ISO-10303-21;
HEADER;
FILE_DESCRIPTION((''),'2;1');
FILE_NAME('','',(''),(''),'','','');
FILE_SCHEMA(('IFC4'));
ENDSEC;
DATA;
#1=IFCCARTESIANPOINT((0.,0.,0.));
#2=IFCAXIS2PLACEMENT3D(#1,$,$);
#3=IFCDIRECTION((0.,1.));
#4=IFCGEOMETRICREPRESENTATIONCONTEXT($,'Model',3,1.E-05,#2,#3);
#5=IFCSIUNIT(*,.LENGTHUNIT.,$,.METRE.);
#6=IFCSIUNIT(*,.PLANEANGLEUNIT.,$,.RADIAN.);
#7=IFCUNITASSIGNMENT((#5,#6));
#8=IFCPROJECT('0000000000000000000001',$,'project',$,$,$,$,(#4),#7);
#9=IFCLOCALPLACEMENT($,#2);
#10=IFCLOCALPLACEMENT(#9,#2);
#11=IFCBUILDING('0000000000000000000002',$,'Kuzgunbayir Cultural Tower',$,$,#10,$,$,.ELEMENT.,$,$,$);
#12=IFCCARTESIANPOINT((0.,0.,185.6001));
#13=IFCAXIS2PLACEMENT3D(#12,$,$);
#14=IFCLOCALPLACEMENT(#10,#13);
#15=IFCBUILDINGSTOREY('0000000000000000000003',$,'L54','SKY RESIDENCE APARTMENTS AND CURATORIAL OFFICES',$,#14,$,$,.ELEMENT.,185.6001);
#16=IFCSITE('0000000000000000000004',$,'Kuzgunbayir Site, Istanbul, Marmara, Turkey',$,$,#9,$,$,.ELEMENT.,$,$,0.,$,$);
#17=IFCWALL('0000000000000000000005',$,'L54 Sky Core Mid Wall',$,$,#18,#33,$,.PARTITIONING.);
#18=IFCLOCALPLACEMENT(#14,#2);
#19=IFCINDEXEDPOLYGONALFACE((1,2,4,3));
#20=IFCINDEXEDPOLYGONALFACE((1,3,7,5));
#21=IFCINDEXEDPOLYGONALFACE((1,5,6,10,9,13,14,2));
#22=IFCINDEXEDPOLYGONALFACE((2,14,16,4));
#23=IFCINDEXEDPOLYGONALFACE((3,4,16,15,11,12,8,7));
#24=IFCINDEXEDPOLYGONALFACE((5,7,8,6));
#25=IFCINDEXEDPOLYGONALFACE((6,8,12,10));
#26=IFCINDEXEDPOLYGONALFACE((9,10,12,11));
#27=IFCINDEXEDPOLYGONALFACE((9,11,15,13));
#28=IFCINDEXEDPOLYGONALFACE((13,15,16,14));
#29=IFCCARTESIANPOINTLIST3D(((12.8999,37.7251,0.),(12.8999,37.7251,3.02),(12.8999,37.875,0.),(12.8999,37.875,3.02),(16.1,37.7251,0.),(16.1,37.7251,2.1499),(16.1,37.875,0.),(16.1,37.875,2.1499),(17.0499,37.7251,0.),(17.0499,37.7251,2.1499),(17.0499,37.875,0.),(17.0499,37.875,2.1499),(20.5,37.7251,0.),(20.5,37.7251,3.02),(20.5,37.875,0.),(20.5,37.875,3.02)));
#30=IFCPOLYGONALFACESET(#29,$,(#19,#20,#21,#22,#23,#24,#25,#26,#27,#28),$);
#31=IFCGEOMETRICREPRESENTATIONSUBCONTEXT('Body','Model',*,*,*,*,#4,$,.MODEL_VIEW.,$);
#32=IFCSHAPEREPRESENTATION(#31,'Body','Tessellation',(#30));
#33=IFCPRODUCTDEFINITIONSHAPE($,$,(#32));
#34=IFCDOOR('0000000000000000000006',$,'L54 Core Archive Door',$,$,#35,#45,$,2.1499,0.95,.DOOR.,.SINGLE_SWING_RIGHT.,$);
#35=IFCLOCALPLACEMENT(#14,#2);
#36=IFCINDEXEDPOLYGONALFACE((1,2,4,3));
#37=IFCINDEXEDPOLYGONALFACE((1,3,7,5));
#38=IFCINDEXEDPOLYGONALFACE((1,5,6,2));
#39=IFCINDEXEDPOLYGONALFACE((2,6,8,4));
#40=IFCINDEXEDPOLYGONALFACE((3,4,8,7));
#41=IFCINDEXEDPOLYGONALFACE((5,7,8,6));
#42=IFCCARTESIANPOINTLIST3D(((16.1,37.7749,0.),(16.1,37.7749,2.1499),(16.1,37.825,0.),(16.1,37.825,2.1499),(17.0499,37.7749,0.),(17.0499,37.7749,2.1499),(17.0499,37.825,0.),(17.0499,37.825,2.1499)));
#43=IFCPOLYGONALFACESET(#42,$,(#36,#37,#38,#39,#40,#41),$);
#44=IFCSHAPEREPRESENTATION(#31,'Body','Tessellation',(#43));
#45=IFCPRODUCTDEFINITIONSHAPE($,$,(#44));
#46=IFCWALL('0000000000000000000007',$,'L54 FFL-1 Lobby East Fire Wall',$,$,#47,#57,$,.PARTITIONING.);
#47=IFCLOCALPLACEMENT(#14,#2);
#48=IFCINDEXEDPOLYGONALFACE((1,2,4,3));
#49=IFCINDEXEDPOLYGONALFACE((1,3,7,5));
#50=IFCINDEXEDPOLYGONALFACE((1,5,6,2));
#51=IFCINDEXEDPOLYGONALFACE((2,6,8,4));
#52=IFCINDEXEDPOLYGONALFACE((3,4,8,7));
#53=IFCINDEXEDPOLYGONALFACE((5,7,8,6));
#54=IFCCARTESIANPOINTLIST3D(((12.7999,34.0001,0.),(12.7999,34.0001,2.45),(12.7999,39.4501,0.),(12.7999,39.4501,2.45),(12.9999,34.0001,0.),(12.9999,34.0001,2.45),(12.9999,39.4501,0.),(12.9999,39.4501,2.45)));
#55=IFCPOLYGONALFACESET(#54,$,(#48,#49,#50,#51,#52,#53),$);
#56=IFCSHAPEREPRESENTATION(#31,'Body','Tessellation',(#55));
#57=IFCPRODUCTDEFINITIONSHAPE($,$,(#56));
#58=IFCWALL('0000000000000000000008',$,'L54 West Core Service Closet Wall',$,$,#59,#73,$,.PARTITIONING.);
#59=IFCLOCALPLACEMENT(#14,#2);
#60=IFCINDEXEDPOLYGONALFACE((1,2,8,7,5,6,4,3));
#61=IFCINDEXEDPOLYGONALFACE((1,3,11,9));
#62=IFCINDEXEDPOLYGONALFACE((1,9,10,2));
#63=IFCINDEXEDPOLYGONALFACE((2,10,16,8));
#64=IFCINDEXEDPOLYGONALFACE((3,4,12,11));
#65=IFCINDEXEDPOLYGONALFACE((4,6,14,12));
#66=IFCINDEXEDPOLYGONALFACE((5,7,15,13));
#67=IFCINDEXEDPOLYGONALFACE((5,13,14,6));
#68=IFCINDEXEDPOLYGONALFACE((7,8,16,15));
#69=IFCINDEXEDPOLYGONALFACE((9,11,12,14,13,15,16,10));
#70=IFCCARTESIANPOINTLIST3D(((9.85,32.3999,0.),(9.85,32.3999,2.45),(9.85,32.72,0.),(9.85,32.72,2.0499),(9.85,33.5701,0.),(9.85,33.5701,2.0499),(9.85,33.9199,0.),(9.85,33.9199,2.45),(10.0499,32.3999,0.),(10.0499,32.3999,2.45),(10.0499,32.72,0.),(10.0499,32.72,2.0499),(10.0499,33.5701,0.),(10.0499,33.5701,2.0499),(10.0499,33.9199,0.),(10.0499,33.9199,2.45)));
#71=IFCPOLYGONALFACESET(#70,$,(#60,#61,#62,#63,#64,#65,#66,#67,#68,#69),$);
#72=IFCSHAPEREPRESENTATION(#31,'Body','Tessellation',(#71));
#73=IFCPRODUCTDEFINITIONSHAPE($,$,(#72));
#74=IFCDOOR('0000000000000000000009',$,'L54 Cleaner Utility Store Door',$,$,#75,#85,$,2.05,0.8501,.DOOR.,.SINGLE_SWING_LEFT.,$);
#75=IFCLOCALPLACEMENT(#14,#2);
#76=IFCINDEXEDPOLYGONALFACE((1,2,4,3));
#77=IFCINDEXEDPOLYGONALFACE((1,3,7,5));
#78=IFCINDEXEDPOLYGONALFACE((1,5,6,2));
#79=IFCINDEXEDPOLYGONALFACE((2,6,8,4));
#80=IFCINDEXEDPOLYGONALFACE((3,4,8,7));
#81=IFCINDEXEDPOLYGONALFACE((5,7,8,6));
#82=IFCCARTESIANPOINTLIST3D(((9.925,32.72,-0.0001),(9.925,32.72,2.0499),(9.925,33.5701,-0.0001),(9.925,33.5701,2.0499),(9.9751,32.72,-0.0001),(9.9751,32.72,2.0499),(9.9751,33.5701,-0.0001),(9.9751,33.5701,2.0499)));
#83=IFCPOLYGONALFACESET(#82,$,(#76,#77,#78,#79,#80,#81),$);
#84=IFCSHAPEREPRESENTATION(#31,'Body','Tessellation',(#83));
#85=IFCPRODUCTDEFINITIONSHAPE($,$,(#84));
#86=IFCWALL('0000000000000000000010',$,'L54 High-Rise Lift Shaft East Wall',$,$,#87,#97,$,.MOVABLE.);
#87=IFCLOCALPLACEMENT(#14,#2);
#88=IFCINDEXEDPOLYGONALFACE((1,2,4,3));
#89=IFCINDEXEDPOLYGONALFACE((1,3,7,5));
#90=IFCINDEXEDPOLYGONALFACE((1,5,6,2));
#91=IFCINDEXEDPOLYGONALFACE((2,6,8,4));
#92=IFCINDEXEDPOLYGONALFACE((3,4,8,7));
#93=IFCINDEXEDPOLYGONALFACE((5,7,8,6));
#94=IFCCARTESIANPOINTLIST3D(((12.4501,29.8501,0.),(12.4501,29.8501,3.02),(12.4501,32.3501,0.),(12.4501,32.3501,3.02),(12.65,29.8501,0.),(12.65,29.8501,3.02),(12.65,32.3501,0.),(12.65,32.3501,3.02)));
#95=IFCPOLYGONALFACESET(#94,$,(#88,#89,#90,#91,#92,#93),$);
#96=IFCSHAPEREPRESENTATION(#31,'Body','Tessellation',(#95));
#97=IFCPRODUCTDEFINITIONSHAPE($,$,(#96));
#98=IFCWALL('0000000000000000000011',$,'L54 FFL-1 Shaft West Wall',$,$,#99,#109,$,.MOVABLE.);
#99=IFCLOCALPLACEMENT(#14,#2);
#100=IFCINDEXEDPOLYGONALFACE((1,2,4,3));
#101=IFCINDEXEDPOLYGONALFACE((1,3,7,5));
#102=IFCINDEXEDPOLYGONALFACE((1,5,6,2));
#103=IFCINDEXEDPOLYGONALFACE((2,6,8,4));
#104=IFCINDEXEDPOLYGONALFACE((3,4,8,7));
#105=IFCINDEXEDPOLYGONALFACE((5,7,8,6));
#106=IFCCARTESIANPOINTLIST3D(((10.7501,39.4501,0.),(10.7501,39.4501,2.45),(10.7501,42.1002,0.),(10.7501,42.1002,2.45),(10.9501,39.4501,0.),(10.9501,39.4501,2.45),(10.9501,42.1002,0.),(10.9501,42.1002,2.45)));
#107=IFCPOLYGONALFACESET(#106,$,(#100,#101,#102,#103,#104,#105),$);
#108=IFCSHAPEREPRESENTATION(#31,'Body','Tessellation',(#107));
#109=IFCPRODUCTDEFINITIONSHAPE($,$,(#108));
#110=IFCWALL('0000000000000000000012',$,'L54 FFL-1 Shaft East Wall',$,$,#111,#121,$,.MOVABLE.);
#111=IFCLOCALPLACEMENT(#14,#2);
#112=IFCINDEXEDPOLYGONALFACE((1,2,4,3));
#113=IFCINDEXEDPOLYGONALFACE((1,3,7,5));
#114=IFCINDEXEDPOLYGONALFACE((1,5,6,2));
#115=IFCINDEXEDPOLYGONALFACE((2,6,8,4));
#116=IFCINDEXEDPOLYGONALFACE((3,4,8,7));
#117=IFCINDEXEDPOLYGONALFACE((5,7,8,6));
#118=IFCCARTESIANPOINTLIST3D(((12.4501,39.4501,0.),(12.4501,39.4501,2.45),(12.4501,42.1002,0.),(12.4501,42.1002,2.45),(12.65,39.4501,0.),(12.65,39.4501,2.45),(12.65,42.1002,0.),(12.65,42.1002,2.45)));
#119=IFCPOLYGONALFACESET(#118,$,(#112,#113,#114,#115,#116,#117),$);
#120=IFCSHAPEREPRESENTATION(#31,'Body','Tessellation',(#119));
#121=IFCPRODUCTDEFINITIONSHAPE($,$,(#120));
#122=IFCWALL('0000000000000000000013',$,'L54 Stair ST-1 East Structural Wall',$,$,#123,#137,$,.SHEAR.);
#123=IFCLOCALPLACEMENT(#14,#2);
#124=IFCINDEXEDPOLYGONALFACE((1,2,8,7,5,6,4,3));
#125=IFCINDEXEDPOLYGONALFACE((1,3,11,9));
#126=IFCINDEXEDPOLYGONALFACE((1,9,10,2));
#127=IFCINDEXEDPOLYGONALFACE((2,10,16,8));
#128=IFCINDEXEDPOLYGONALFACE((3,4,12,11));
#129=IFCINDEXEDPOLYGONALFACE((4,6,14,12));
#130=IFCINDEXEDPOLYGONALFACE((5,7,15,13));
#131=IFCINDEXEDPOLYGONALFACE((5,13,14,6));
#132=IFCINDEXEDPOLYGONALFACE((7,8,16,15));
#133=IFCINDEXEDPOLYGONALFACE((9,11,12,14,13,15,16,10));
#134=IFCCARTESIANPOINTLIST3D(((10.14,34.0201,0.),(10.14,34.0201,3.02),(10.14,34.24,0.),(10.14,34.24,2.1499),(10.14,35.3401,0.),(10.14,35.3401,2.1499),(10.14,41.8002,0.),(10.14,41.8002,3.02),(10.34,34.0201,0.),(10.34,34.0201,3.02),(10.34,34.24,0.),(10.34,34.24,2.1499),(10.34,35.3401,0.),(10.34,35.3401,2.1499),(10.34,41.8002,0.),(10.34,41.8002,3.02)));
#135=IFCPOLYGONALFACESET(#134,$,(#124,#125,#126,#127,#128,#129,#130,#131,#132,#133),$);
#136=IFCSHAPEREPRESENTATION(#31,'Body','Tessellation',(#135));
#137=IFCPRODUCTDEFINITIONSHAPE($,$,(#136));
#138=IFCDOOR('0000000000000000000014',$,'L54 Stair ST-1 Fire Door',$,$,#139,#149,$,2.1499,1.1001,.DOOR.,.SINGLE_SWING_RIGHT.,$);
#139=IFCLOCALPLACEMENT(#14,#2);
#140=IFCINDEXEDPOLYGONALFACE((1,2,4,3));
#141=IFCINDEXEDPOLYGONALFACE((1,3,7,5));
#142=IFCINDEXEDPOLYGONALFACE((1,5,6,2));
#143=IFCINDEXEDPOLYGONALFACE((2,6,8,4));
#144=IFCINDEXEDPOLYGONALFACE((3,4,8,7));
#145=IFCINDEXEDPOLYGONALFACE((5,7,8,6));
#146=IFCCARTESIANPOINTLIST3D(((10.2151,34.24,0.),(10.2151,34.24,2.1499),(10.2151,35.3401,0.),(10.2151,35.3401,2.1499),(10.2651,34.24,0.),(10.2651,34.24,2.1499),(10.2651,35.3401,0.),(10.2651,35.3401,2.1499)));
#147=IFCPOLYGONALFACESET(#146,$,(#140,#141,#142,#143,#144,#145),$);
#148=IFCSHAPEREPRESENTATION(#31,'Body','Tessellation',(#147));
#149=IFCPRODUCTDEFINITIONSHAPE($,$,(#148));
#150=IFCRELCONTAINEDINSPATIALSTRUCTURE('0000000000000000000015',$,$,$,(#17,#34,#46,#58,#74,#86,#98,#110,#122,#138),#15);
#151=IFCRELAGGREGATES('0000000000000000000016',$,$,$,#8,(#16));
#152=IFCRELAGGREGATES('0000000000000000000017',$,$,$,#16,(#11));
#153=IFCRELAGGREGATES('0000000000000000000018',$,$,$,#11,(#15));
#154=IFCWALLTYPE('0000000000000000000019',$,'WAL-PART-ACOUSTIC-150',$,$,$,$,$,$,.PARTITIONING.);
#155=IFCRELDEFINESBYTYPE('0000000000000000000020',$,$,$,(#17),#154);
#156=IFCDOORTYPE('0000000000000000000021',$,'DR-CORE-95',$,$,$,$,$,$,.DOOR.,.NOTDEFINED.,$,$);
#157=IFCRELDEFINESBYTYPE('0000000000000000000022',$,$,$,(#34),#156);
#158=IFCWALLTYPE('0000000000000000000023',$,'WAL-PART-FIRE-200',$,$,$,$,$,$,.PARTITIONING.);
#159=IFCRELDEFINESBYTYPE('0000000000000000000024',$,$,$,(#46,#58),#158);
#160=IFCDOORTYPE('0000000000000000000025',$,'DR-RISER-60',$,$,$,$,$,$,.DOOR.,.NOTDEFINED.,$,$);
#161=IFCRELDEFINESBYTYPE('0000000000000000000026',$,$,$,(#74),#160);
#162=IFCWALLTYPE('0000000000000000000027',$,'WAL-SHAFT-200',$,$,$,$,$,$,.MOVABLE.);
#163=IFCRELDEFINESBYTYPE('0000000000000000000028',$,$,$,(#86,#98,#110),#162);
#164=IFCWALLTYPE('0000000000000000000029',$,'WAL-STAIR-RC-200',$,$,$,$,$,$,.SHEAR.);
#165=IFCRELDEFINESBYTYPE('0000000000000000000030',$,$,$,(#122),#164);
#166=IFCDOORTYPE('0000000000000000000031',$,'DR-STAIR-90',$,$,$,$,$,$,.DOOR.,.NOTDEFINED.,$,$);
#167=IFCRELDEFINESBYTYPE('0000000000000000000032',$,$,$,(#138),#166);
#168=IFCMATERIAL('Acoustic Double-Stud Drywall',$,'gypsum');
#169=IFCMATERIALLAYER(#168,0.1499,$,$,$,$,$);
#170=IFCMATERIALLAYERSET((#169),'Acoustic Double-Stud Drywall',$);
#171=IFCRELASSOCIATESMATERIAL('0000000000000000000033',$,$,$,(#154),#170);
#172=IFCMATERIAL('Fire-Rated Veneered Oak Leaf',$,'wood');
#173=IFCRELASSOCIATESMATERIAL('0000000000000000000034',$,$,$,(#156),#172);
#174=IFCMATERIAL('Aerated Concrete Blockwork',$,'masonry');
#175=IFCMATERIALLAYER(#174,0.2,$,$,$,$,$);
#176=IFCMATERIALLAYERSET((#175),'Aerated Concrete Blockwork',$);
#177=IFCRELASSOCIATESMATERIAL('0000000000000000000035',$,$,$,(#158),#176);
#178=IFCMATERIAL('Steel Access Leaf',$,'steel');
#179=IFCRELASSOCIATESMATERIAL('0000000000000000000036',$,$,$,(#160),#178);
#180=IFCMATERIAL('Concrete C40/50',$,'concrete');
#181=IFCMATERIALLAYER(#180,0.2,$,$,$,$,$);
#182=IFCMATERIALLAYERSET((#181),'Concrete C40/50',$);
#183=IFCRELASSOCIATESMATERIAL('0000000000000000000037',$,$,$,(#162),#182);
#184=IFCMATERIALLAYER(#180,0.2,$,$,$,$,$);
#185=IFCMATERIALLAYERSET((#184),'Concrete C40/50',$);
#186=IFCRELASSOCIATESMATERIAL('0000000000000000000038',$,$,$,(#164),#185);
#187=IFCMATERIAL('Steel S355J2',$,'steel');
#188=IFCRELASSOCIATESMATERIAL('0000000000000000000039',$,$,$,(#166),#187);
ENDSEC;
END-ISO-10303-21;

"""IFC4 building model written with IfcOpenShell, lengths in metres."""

from ifc_helpers import new_model, si_unit, direction, frame, frame_2d, origin, place, context, subcontext, project, spatial, rectangle, extrude, material, layer, layer_set, type_object, element, fill, save


model = new_model("IFC4")

# Units and contexts
model_context = context("Model", 3, precision=1e-05, world=origin(), true_north=direction((0.0, 1.0)))
body_context = subcontext(model_context, "Body", "Model", "MODEL_VIEW")
ifc_project = project(units=[si_unit("LENGTHUNIT", "METRE"), si_unit("PLANEANGLEUNIT", "RADIAN")], contexts=[model_context])

# Site, building, storey
site_placement = place(None, origin())
site = spatial("IfcSite", under=ifc_project, at=site_placement, Name="Kuzgunbayir Site, Istanbul, Marmara, Turkey", CompositionType="ELEMENT", RefElevation=0.0)
building_placement = place(site_placement, origin())
building = spatial("IfcBuilding", under=site, at=building_placement, Name="Kuzgunbayir Cultural Tower", CompositionType="ELEMENT")
storey_placement = place(building_placement, frame((0.0, 0.0, 185.6001)))
storey = spatial("IfcBuildingStorey", under=building, at=storey_placement, Name="L54", Description="SKY RESIDENCE APARTMENTS AND CURATORIAL OFFICES", CompositionType="ELEMENT", Elevation=185.6001)

# Shared definitions
ifc_material_1 = material(Name="Steel S355J2", Category="steel")

# Wall, opening, door
ifc_material_2 = material(Name="Acoustic Double-Stud Drywall", Category="gypsum")
ifc_layer_1 = layer(ifc_material_2, 0.1499)
ifc_layer_set_1 = layer_set([ifc_layer_1], Name="Acoustic Double-Stud Drywall")
wall_type_1 = type_object("IfcWallType", Name="WAL-PART-ACOUSTIC-150", PredefinedType="PARTITIONING", material=ifc_layer_set_1)
wall_1_placement = place(storey_placement, frame((12.8999, 37.8, 0.0), z_axis=(0.0, 0.0, 1.0), x_axis=(1.0, 0.0, 0.0)))
wall_1 = element("IfcWall", 1, at=wall_1_placement, inside=storey, type_object=wall_type_1, Name="L54 Sky Core Mid Wall", PredefinedType="PARTITIONING", context=body_context, shape_type="SweptSolid", body=[
    extrude(rectangle(XDim=7.6001, YDim=0.1499, at=frame_2d((3.8, 0.0))), origin(), (0.0, 0.0, 1.0), 3.02),
])
opening_1_placement = place(wall_1_placement, frame((3.2, 0.0, 0.0)))
opening_1 = element("IfcOpeningElement", 2, at=opening_1_placement, cuts=wall_1, PredefinedType="OPENING", context=body_context, shape_type="SweptSolid", body=[
    extrude(rectangle(XDim=0.95, YDim=2.1499, at=frame_2d((0.4751, 1.075))), frame((0.0, 0.085, 0.0), z_axis=(0.0, -1.0, 0.0), x_axis=(1.0, 0.0, 0.0)), (0.0, 0.0, 1.0), 0.1699),
])
ifc_material_3 = material(Name="Fire-Rated Veneered Oak Leaf", Category="wood")
door_type_1 = type_object("IfcDoorType", Name="DR-CORE-95", OperationType="NOTDEFINED", PredefinedType="DOOR", material=ifc_material_3)
door_1_placement = place(opening_1_placement, origin())
door_1 = element("IfcDoor", 3, at=door_1_placement, inside=storey, type_object=door_type_1, Name="L54 Core Archive Door", OperationType="SINGLE_SWING_RIGHT", OverallHeight=2.1499, OverallWidth=0.95, PredefinedType="DOOR", context=body_context, shape_type="SweptSolid", body=[
    extrude(rectangle(XDim=0.95, YDim=2.1499, at=frame_2d((0.4751, 1.075))), frame((0.0, 0.0249, 0.0), z_axis=(0.0, -1.0, 0.0), x_axis=(1.0, 0.0, 0.0)), (0.0, 0.0, 1.0), 0.05),
])
fill(opening_1, door_1)

# Wall
ifc_material_4 = material(Name="Aerated Concrete Blockwork", Category="masonry")
ifc_layer_2 = layer(ifc_material_4, 0.2)
ifc_layer_set_2 = layer_set([ifc_layer_2], Name="Aerated Concrete Blockwork")
wall_type_2 = type_object("IfcWallType", Name="WAL-PART-FIRE-200", PredefinedType="PARTITIONING", material=ifc_layer_set_2)
wall_2_placement = place(storey_placement, frame((12.8999, 34.0, 0.0), z_axis=(0.0, 0.0, 1.0), x_axis=(0.0, 1.0, 0.0)))
element("IfcWall", 4, at=wall_2_placement, inside=storey, type_object=wall_type_2, Name="L54 FFL-1 Lobby East Fire Wall", PredefinedType="PARTITIONING", context=body_context, shape_type="SweptSolid", body=[
    extrude(rectangle(XDim=5.45, YDim=0.2, at=frame_2d((2.7251, 0.0))), origin(), (0.0, 0.0, 1.0), 2.45),
])

# Wall, opening, door
wall_3_placement = place(storey_placement, frame((9.95, 32.3999, 0.0), z_axis=(0.0, 0.0, 1.0), x_axis=(0.0, 1.0, 0.0)))
wall_3 = element("IfcWall", 5, at=wall_3_placement, inside=storey, type_object=wall_type_2, Name="L54 West Core Service Closet Wall", PredefinedType="PARTITIONING", context=body_context, shape_type="SweptSolid", body=[
    extrude(rectangle(XDim=1.52, YDim=0.2, at=frame_2d((0.76, 0.0))), origin(), (0.0, 0.0, 1.0), 2.45),
])
opening_2_placement = place(wall_3_placement, frame((0.3201, 0.0, 0.0)))
opening_2 = element("IfcOpeningElement", 6, at=opening_2_placement, cuts=wall_3, PredefinedType="OPENING", context=body_context, shape_type="SweptSolid", body=[
    extrude(rectangle(XDim=0.8501, YDim=2.05, at=frame_2d((0.425, 1.0249))), frame((0.0, 0.1099, 0.0), z_axis=(0.0, -1.0, 0.0), x_axis=(1.0, 0.0, 0.0)), (0.0, 0.0, 1.0), 0.22),
])
ifc_material_5 = material(Name="Steel Access Leaf", Category="steel")
door_type_2 = type_object("IfcDoorType", Name="DR-RISER-60", OperationType="NOTDEFINED", PredefinedType="DOOR", material=ifc_material_5)
door_2_placement = place(opening_2_placement, origin())
door_2 = element("IfcDoor", 7, at=door_2_placement, inside=storey, type_object=door_type_2, Name="L54 Cleaner Utility Store Door", OperationType="SINGLE_SWING_LEFT", OverallHeight=2.05, OverallWidth=0.8501, PredefinedType="DOOR", context=body_context, shape_type="SweptSolid", body=[
    extrude(rectangle(XDim=0.8501, YDim=2.05, at=frame_2d((0.425, 1.0249))), frame((0.0, 0.0249, 0.0), z_axis=(0.0, -1.0, 0.0), x_axis=(1.0, 0.0, 0.0)), (0.0, 0.0, 1.0), 0.05),
])
fill(opening_2, door_2)

# Wall
ifc_material_6 = material(Name="Concrete C40/50", Category="concrete")
ifc_layer_3 = layer(ifc_material_6, 0.2)
ifc_layer_set_3 = layer_set([ifc_layer_3], Name="Concrete C40/50")
wall_type_3 = type_object("IfcWallType", Name="WAL-SHAFT-200", PredefinedType="MOVABLE", material=ifc_layer_set_3)
wall_4_placement = place(storey_placement, frame((12.55, 29.8501, 0.0), z_axis=(0.0, 0.0, 1.0), x_axis=(0.0, 1.0, 0.0)))
element("IfcWall", 8, at=wall_4_placement, inside=storey, type_object=wall_type_3, Name="L54 High-Rise Lift Shaft East Wall", PredefinedType="MOVABLE", context=body_context, shape_type="SweptSolid", body=[
    extrude(rectangle(XDim=2.5, YDim=0.2, at=frame_2d((1.25, 0.0))), origin(), (0.0, 0.0, 1.0), 3.02),
])

# Walls
for number, where, z_axis, x_axis, name in (
    (9, (10.8501, 39.45, 0.0), (0.0, 0.0, 1.0), (0.0, 1.0, 0.0), "L54 FFL-1 Shaft West Wall"),
    (10, (12.55, 39.45, 0.0), (0.0, 0.0, 1.0), (0.0, 1.0, 0.0), "L54 FFL-1 Shaft East Wall"),
):
    element("IfcWall", number, at=place(storey_placement, frame(where, z_axis=z_axis, x_axis=x_axis)), inside=storey, type_object=wall_type_3, Name=name, PredefinedType="MOVABLE", context=body_context, shape_type="SweptSolid", body=[
        extrude(rectangle(XDim=2.6501, YDim=0.2, at=frame_2d((1.3252, 0.0))), origin(), (0.0, 0.0, 1.0), 2.45),
    ])

# Wall, opening, door
ifc_layer_4 = layer(ifc_material_6, 0.2)
ifc_layer_set_4 = layer_set([ifc_layer_4], Name="Concrete C40/50")
wall_type_4 = type_object("IfcWallType", Name="WAL-STAIR-RC-200", PredefinedType="SHEAR", material=ifc_layer_set_4)
wall_5_placement = place(storey_placement, frame((10.24, 34.02, 0.0), z_axis=(0.0, 0.0, 1.0), x_axis=(0.0, 1.0, 0.0)))
wall_5 = element("IfcWall", 11, at=wall_5_placement, inside=storey, type_object=wall_type_4, Name="L54 Stair ST-1 East Structural Wall", PredefinedType="SHEAR", context=body_context, shape_type="SweptSolid", body=[
    extrude(rectangle(XDim=7.78, YDim=0.2, at=frame_2d((3.8901, 0.0))), origin(), (0.0, 0.0, 1.0), 3.02),
])
opening_3_placement = place(wall_5_placement, frame((0.22, 0.0, 0.0)))
opening_3 = element("IfcOpeningElement", 12, at=opening_3_placement, cuts=wall_5, PredefinedType="OPENING", context=body_context, shape_type="SweptSolid", body=[
    extrude(rectangle(XDim=1.1001, YDim=2.1499, at=frame_2d((0.55, 1.075))), frame((0.0, 0.1099, 0.0), z_axis=(0.0, -1.0, 0.0), x_axis=(1.0, 0.0, 0.0)), (0.0, 0.0, 1.0), 0.22),
])
door_type_3 = type_object("IfcDoorType", Name="DR-STAIR-90", OperationType="NOTDEFINED", PredefinedType="DOOR", material=ifc_material_1)
door_3_placement = place(opening_3_placement, origin())
door_3 = element("IfcDoor", 13, at=door_3_placement, inside=storey, type_object=door_type_3, Name="L54 Stair ST-1 Fire Door", OperationType="SINGLE_SWING_RIGHT", OverallHeight=2.1499, OverallWidth=1.1001, PredefinedType="DOOR", context=body_context, shape_type="SweptSolid", body=[
    extrude(rectangle(XDim=1.1001, YDim=2.1499, at=frame_2d((0.55, 1.075))), frame((0.0, 0.0249, 0.0), z_axis=(0.0, -1.0, 0.0), x_axis=(1.0, 0.0, 0.0)), (0.0, 0.0, 1.0), 0.05),
])
fill(opening_3, door_3)

save(model, "model.ifc")
